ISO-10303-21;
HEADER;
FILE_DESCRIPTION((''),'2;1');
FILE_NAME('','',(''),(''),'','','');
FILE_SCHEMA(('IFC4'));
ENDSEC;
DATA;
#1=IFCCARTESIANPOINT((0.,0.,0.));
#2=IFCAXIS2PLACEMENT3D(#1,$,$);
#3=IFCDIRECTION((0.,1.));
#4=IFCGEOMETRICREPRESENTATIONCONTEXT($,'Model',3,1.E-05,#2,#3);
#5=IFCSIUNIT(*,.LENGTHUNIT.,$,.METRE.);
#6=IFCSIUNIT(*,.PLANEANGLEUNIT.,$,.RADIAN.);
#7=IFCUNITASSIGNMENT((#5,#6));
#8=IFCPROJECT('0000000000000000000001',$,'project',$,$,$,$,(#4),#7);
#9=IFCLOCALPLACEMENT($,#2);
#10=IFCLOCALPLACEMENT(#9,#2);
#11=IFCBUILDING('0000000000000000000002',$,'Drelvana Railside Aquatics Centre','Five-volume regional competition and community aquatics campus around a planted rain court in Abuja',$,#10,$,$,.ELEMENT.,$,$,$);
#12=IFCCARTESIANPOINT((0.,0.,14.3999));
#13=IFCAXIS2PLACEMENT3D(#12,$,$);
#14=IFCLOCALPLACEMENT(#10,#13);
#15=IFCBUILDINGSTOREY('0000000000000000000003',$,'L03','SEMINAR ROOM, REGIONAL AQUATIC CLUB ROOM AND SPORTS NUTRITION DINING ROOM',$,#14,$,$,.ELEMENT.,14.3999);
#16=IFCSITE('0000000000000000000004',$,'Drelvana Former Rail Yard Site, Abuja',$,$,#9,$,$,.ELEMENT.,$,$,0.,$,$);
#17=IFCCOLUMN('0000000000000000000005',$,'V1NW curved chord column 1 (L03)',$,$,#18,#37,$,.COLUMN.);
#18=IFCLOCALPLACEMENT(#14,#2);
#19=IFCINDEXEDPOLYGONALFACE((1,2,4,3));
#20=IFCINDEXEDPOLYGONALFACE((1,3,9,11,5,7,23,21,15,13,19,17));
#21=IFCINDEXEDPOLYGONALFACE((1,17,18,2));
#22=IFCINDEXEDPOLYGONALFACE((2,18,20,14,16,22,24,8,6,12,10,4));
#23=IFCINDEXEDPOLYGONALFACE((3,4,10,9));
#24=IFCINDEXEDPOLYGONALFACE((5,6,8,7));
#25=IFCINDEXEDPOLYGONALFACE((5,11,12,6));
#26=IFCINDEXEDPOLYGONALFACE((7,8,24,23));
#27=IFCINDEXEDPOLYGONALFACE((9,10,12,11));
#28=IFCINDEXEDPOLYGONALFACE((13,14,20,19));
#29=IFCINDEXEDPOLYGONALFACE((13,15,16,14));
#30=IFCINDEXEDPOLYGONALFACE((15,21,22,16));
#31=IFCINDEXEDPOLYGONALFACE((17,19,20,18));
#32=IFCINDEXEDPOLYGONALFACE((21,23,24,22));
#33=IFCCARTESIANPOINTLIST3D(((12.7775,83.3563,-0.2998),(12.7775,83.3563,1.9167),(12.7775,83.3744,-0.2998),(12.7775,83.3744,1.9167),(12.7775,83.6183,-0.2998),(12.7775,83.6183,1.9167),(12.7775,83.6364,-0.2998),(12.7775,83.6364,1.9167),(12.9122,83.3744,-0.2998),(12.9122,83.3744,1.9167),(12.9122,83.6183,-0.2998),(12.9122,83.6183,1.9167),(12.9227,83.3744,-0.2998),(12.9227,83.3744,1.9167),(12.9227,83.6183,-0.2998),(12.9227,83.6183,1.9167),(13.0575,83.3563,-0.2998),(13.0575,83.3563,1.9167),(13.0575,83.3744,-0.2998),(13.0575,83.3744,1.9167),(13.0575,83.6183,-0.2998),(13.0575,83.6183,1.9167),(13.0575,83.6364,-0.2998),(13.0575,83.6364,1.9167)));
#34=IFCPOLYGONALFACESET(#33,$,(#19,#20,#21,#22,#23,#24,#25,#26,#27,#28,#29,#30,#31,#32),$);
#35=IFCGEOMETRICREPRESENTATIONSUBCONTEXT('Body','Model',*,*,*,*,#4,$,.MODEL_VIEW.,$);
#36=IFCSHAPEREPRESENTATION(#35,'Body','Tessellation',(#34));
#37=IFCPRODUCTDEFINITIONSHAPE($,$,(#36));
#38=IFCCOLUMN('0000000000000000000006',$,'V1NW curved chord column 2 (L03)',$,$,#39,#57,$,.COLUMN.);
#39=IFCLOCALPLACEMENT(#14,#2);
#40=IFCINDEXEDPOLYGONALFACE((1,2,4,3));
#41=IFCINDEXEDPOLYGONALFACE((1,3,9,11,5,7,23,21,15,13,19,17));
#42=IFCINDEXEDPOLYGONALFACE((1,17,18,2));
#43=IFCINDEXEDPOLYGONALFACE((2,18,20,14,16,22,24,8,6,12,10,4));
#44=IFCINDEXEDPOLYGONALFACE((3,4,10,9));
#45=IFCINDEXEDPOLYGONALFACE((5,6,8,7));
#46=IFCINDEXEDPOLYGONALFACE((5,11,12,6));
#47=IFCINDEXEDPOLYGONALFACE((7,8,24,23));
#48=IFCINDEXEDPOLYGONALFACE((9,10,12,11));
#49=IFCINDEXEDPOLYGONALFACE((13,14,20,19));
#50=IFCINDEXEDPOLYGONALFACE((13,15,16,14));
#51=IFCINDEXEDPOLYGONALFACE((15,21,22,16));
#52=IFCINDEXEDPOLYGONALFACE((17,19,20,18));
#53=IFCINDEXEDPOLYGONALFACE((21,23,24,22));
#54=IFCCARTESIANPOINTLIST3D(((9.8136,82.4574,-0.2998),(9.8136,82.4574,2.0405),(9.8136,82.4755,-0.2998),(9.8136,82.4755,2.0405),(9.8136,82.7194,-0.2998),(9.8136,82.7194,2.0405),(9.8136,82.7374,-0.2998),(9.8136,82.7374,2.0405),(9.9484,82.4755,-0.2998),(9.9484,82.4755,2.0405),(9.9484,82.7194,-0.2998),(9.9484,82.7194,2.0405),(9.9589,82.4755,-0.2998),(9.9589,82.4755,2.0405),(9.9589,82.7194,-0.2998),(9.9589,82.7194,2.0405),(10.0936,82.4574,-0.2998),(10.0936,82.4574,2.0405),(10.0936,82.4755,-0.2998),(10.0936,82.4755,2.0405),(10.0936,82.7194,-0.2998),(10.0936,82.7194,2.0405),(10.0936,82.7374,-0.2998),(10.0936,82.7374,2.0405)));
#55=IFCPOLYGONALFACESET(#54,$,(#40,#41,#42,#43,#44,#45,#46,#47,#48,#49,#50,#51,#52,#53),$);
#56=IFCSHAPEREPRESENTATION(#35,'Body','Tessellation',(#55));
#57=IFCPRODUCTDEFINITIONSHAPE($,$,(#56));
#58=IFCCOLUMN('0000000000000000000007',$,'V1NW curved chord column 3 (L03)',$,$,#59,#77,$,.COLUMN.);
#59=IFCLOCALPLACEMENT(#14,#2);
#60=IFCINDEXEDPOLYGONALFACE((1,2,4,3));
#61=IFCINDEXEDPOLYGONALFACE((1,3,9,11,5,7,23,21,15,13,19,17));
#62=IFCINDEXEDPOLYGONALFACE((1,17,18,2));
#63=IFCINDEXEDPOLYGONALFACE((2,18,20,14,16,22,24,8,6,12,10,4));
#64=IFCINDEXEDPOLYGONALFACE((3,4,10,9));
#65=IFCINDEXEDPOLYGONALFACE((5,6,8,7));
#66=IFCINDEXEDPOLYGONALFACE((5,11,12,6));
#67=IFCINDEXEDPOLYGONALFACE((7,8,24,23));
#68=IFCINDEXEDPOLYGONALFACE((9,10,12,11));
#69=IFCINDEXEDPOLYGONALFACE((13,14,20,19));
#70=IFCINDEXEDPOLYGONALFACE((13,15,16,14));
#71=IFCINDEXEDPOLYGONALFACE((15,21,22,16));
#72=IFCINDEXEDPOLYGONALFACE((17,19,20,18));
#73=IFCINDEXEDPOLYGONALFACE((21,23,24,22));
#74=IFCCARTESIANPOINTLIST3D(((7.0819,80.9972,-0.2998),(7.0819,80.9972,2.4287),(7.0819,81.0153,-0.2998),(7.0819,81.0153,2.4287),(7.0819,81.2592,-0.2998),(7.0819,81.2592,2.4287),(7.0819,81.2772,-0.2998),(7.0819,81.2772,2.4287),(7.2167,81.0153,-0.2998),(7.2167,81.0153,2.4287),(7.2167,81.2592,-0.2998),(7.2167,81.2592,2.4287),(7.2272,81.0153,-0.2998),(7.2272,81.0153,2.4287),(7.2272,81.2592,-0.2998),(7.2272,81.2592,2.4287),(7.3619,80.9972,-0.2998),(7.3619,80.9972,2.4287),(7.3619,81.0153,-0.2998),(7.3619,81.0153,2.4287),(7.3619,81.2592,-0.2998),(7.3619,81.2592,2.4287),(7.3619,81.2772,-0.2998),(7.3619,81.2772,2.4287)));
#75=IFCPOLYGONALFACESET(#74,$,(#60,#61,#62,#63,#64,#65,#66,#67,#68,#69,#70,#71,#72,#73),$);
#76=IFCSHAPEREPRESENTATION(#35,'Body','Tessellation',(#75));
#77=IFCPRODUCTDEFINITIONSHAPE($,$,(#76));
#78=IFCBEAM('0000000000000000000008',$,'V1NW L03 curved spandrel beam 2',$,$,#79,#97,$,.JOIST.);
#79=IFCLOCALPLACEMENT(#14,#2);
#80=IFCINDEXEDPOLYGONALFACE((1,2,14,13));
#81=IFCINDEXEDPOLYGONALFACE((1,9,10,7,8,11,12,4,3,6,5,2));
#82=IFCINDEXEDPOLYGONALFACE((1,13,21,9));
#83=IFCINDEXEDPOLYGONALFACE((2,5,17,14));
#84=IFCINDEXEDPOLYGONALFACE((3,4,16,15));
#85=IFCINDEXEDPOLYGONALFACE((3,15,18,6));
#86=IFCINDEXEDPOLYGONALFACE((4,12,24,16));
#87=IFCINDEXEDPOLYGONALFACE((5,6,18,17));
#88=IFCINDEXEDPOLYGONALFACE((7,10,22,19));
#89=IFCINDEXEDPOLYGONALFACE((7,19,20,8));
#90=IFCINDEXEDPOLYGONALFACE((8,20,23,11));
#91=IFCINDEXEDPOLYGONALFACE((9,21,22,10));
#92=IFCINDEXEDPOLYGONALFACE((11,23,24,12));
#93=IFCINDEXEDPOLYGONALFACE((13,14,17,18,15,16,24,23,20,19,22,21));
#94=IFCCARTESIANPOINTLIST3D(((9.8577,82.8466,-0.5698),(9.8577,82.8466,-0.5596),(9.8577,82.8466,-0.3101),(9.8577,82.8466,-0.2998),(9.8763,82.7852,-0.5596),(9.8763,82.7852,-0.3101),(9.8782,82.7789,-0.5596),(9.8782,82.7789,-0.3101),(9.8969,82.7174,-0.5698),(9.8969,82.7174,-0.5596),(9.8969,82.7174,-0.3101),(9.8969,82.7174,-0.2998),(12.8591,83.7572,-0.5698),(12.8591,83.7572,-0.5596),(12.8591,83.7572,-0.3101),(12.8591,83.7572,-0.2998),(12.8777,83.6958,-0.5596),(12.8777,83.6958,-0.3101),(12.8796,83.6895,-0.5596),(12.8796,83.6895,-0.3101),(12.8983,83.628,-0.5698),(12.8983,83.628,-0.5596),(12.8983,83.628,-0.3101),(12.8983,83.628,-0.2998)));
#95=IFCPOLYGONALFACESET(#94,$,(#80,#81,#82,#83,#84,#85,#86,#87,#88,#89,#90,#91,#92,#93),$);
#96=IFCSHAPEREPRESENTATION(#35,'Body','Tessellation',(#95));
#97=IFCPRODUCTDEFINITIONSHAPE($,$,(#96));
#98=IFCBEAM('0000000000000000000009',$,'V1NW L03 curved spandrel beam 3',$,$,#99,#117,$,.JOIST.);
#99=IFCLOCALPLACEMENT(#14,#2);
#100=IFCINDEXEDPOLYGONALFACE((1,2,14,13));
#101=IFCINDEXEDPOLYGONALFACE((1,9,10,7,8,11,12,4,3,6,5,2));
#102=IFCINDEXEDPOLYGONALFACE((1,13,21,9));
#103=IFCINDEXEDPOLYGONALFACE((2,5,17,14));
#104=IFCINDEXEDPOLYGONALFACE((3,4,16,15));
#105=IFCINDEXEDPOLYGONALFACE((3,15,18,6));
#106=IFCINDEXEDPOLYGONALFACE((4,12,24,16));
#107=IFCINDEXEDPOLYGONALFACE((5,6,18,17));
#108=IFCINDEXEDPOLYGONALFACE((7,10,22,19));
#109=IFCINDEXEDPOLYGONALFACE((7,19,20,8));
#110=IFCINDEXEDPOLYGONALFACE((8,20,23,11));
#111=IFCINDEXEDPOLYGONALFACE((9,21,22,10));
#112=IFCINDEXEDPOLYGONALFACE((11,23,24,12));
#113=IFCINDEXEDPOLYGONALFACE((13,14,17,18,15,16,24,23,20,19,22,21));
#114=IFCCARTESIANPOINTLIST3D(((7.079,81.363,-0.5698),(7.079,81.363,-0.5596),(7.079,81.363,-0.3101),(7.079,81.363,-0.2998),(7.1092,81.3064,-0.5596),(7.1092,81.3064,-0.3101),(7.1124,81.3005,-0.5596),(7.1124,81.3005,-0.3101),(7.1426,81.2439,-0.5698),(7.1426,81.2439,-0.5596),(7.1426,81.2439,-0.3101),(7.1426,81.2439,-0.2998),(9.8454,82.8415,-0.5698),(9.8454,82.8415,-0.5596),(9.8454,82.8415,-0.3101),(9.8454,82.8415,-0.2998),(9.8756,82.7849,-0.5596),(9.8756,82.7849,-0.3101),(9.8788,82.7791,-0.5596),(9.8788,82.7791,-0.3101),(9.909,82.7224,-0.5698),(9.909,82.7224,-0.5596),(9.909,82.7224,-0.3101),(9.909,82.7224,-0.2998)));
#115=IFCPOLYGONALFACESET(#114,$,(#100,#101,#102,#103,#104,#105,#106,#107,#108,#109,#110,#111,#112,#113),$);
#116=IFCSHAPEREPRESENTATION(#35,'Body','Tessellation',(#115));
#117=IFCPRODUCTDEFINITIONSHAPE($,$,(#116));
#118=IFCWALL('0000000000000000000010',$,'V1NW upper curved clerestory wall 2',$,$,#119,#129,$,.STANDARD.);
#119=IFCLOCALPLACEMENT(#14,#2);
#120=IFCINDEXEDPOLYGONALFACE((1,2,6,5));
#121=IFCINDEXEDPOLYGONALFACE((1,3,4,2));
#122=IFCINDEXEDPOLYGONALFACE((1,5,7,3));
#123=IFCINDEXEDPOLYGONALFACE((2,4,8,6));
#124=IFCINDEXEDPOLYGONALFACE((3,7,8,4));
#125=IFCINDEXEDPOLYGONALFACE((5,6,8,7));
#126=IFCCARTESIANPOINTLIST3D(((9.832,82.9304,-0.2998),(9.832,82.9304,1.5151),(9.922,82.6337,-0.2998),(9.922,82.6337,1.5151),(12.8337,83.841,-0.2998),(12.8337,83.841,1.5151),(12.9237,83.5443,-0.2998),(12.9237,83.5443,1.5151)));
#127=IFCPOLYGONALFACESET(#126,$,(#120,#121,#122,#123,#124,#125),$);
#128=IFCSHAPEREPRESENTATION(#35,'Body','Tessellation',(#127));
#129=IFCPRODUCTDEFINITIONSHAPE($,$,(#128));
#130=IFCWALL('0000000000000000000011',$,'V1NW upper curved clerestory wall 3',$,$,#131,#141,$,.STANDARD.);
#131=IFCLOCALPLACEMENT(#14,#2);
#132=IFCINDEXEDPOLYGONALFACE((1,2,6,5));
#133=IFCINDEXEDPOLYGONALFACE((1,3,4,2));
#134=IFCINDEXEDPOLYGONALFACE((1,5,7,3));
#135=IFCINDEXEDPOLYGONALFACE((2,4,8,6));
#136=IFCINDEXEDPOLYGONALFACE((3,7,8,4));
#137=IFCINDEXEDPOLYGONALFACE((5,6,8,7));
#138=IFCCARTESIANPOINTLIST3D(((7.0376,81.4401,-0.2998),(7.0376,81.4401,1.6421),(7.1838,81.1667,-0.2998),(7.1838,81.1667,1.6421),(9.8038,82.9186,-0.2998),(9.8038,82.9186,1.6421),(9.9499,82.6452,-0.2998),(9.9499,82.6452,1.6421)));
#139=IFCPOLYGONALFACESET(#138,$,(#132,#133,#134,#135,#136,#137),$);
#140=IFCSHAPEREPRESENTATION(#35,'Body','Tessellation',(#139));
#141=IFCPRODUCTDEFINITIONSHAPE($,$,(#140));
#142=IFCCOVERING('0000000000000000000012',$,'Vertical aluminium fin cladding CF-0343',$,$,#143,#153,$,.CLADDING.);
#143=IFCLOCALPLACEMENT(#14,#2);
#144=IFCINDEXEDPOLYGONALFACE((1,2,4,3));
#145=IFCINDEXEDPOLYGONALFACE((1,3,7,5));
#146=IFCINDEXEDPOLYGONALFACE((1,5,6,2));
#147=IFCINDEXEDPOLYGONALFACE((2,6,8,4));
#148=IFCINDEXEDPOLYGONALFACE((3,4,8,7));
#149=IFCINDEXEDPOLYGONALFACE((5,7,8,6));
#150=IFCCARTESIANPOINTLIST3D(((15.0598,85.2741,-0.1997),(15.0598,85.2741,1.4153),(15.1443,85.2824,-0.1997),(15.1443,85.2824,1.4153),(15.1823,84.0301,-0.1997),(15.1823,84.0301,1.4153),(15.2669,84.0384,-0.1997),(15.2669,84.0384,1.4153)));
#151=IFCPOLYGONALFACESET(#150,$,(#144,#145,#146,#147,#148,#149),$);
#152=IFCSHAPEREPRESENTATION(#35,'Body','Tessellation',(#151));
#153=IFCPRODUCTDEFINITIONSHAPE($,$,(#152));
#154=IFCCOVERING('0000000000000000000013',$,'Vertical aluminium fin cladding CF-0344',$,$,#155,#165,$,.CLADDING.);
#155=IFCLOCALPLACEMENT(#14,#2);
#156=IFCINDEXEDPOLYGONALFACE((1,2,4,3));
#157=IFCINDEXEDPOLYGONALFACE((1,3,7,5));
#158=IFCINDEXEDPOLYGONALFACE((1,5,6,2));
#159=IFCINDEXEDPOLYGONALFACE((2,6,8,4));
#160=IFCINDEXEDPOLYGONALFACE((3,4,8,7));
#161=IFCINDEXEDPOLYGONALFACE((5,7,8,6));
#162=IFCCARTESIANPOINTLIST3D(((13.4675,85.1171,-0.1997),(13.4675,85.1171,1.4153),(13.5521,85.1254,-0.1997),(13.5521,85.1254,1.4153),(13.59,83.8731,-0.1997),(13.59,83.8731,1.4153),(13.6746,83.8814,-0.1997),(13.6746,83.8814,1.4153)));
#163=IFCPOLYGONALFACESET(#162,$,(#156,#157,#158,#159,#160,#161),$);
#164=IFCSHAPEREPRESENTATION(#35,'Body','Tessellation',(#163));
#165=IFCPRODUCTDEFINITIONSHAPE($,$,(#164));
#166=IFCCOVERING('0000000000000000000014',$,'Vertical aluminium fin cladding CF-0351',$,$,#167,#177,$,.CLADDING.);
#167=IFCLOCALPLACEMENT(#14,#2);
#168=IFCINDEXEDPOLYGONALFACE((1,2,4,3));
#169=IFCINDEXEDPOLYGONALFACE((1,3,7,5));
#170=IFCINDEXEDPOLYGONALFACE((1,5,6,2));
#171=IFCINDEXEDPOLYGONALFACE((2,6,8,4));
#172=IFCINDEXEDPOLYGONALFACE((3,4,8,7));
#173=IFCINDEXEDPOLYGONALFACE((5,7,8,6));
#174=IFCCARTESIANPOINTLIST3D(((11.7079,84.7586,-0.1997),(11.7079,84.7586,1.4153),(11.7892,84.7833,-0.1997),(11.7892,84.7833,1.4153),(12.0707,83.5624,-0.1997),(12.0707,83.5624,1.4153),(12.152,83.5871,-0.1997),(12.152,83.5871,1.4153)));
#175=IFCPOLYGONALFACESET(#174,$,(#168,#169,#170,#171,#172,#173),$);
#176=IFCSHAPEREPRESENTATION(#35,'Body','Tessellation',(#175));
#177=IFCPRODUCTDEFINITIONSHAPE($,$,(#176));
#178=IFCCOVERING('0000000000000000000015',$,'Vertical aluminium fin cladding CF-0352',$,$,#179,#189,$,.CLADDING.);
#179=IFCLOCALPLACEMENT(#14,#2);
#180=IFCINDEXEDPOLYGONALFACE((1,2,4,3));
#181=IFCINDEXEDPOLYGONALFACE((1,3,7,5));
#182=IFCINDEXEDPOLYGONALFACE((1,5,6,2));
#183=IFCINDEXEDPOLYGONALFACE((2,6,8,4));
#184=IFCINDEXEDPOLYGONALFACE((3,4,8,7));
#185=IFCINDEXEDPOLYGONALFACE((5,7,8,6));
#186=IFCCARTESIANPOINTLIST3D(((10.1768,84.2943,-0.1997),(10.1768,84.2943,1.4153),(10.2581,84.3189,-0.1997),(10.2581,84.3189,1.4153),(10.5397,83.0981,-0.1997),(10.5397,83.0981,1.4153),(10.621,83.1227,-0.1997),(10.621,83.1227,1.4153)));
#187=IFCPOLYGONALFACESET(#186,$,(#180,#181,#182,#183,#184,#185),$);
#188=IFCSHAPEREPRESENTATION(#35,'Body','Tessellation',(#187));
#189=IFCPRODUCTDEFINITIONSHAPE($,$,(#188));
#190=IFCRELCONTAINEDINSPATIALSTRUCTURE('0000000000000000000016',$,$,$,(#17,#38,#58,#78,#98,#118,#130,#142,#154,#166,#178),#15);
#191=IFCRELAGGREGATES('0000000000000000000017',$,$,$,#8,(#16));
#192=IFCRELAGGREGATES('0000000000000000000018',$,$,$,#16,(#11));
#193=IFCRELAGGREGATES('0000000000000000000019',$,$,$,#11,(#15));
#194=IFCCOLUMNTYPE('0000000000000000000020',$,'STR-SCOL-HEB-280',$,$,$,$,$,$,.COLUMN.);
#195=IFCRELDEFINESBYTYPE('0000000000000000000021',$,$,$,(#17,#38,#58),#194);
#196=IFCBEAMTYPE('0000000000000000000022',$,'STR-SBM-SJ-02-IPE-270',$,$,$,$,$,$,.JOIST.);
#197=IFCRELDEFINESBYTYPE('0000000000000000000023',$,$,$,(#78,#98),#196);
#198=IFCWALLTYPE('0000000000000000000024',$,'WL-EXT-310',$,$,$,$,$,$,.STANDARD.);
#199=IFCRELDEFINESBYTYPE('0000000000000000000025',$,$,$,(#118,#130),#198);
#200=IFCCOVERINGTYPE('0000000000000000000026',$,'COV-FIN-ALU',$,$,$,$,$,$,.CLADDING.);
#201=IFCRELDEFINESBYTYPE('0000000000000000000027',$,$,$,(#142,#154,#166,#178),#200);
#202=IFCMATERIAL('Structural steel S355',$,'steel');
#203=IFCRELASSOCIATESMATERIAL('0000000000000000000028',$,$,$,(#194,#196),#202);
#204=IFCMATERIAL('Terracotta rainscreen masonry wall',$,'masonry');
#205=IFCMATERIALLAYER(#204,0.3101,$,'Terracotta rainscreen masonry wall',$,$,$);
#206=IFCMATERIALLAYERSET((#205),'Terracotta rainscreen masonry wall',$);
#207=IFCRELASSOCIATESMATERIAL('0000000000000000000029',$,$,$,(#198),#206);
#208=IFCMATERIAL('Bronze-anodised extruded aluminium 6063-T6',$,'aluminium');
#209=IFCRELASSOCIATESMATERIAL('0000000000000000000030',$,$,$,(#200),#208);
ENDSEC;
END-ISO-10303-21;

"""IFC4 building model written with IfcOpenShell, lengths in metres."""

from ifc_helpers import new_model, si_unit, direction, frame, frame_2d, origin, origin_2d, place, context, subcontext, project, spatial, rectangle, i_section, extrude, material, layer, layer_set, material_profile, profile_set, type_object, element, save


model = new_model("IFC4")

# Units and contexts
model_context = context("Model", 3, precision=1e-05, world=origin(), true_north=direction((0.0, 1.0)))
body_context = subcontext(model_context, "Body", "Model", "MODEL_VIEW")
ifc_project = project(units=[si_unit("LENGTHUNIT", "METRE"), si_unit("PLANEANGLEUNIT", "RADIAN")], contexts=[model_context])

# Site, building, storey
site_placement = place(None, origin())
site = spatial("IfcSite", under=ifc_project, at=site_placement, Name="Drelvana Former Rail Yard Site, Abuja", CompositionType="ELEMENT", RefElevation=0.0)
building_placement = place(site_placement, origin())
building = spatial("IfcBuilding", under=site, at=building_placement, Name="Drelvana Railside Aquatics Centre", Description="Five-volume regional competition and community aquatics campus around a planted rain court in Abuja", CompositionType="ELEMENT")
storey_placement = place(building_placement, frame((0.0, 0.0, 14.3999)))
storey = spatial("IfcBuildingStorey", under=building, at=storey_placement, Name="L03", Description="SEMINAR ROOM, REGIONAL AQUATIC CLUB ROOM AND SPORTS NUTRITION DINING ROOM", CompositionType="ELEMENT", Elevation=14.3999)

# Columns
ifc_material_1 = material(Name="Structural steel S355", Category="steel")
ifc_material_profile_1 = material_profile(ifc_material_1, i_section(OverallWidth=0.28, OverallDepth=0.28, WebThickness=0.0105, FlangeThickness=0.0181, at=origin_2d()), Name="HEB 280")
ifc_profile_set_1 = profile_set([ifc_material_profile_1], Name="Structural steel S355")
column_type = type_object("IfcColumnType", Name="STR-SCOL-HEB-280", PredefinedType="COLUMN", material=ifc_profile_set_1)
column_1_placement = place(storey_placement, frame((12.9175, 83.4963, -0.2998), z_axis=(0.0, 0.0, 1.0), x_axis=(1.0, 0.0, 0.0)))
element("IfcColumn", 1, at=column_1_placement, inside=storey, type_object=column_type, Name="V1NW curved chord column 1 (L03)", PredefinedType="COLUMN", context=body_context, shape_type="SweptSolid", body=[
    extrude(i_section(OverallWidth=0.28, OverallDepth=0.28, WebThickness=0.0105, FlangeThickness=0.0181, at=origin_2d()), origin(), (0.0, 0.0, 1.0), 2.2166),
])
column_2_placement = place(storey_placement, frame((9.9536, 82.5974, -0.2998), z_axis=(0.0, 0.0, 1.0), x_axis=(1.0, 0.0, 0.0)))
element("IfcColumn", 2, at=column_2_placement, inside=storey, type_object=column_type, Name="V1NW curved chord column 2 (L03)", PredefinedType="COLUMN", context=body_context, shape_type="SweptSolid", body=[
    extrude(i_section(OverallWidth=0.28, OverallDepth=0.28, WebThickness=0.0105, FlangeThickness=0.0181, at=origin_2d()), origin(), (0.0, 0.0, 1.0), 2.3403),
])
column_3_placement = place(storey_placement, frame((7.2219, 81.1372, -0.2998), z_axis=(0.0, 0.0, 1.0), x_axis=(1.0, 0.0, 0.0)))
element("IfcColumn", 3, at=column_3_placement, inside=storey, type_object=column_type, Name="V1NW curved chord column 3 (L03)", PredefinedType="COLUMN", context=body_context, shape_type="SweptSolid", body=[
    extrude(i_section(OverallWidth=0.28, OverallDepth=0.28, WebThickness=0.0105, FlangeThickness=0.0181, at=origin_2d()), origin(), (0.0, 0.0, 1.0), 2.7285),
])

# Beams
ifc_material_profile_2 = material_profile(ifc_material_1, i_section(OverallWidth=0.135, OverallDepth=0.27, WebThickness=0.0066, FlangeThickness=0.0103, at=origin_2d()), Name="IPE 270")
ifc_profile_set_2 = profile_set([ifc_material_profile_2], Name="Structural steel S355")
beam_type = type_object("IfcBeamType", Name="STR-SBM-SJ-02-IPE-270", PredefinedType="JOIST", material=ifc_profile_set_2)
beam_1_placement = place(storey_placement, frame((12.8787, 83.6926, -0.4348), z_axis=(-0.956926, -0.290331, 0.0), x_axis=(0.290331, -0.956926, 0.0)))
element("IfcBeam", 4, at=beam_1_placement, inside=storey, type_object=beam_type, Name="V1NW L03 curved spandrel beam 2", PredefinedType="JOIST", context=body_context, shape_type="SweptSolid", body=[
    extrude(i_section(OverallWidth=0.135, OverallDepth=0.27, WebThickness=0.0066, FlangeThickness=0.0103, at=origin_2d()), origin(), (0.0, 0.0, 1.0), 3.1365),
])
beam_2_placement = place(storey_placement, frame((9.8772, 82.782, -0.4348), z_axis=(-0.881939, -0.471364, 0.0), x_axis=(0.471364, -0.881939, 0.0)))
element("IfcBeam", 5, at=beam_2_placement, inside=storey, type_object=beam_type, Name="V1NW L03 curved spandrel beam 3", PredefinedType="JOIST", context=body_context, shape_type="SweptSolid", body=[
    extrude(i_section(OverallWidth=0.135, OverallDepth=0.27, WebThickness=0.0066, FlangeThickness=0.0103, at=origin_2d()), origin(), (0.0, 0.0, 1.0), 3.1367),
])

# Walls
ifc_material_2 = material(Name="Terracotta rainscreen masonry wall", Category="masonry")
ifc_layer = layer(ifc_material_2, 0.3101, Name="Terracotta rainscreen masonry wall")
ifc_layer_set = layer_set([ifc_layer], Name="Terracotta rainscreen masonry wall")
wall_type = type_object("IfcWallType", Name="WL-EXT-310", PredefinedType="STANDARD", material=ifc_layer_set)
wall_1_placement = place(storey_placement, frame((12.8787, 83.6926, -0.2998), z_axis=(0.0, 0.0, 1.0), x_axis=(-0.956933, -0.29031, 0.0)))
element("IfcWall", 6, at=wall_1_placement, inside=storey, type_object=wall_type, Name="V1NW upper curved clerestory wall 2", PredefinedType="STANDARD", context=body_context, shape_type="SweptSolid", body=[
    extrude(rectangle(XDim=3.1367, YDim=0.3101, at=frame_2d((1.5684, 0.0))), origin(), (0.0, 0.0, 1.0), 1.8149),
])
wall_2_placement = place(storey_placement, frame((9.877, 82.782, -0.2998), z_axis=(0.0, 0.0, 1.0), x_axis=(-0.881922, -0.471396, 0.0)))
element("IfcWall", 7, at=wall_2_placement, inside=storey, type_object=wall_type, Name="V1NW upper curved clerestory wall 3", PredefinedType="STANDARD", context=body_context, shape_type="SweptSolid", body=[
    extrude(rectangle(XDim=3.1365, YDim=0.3101, at=frame_2d((1.5684, 0.0))), origin(), (0.0, 0.0, 1.0), 1.9419),
])

# Coverings
ifc_material_3 = material(Name="Bronze-anodised extruded aluminium 6063-T6", Category="aluminium")
covering_type = type_object("IfcCoveringType", Name="COV-FIN-ALU", PredefinedType="CLADDING", material=ifc_material_3)
for number, where, z_axis, x_axis, name in (
    (8, (15.1633, 84.6562, -0.1997), (0.0, 0.0, 1.0), (0.995185, 0.098017, 0.0), "Vertical aluminium fin cladding CF-0343"),
    (9, (13.571, 84.4993, -0.1997), (0.0, 0.0, 1.0), (0.995185, 0.098017, 0.0), "Vertical aluminium fin cladding CF-0344"),
    (10, (11.9299, 84.1729, -0.1997), (0.0, 0.0, 1.0), (0.95694, 0.290285, 0.0), "Vertical aluminium fin cladding CF-0351"),
    (11, (10.3989, 83.7085, -0.1997), (0.0, 0.0, 1.0), (0.95694, 0.290285, 0.0), "Vertical aluminium fin cladding CF-0352"),
):
    element("IfcCovering", number, at=place(storey_placement, frame(where, z_axis=z_axis, x_axis=x_axis)), inside=storey, type_object=covering_type, Name=name, PredefinedType="CLADDING", context=body_context, shape_type="SweptSolid", body=[
        extrude(rectangle(XDim=0.085, YDim=1.25, at=origin_2d()), origin(), (0.0, 0.0, 1.0), 1.615),
    ])

save(model, "model.ifc")
